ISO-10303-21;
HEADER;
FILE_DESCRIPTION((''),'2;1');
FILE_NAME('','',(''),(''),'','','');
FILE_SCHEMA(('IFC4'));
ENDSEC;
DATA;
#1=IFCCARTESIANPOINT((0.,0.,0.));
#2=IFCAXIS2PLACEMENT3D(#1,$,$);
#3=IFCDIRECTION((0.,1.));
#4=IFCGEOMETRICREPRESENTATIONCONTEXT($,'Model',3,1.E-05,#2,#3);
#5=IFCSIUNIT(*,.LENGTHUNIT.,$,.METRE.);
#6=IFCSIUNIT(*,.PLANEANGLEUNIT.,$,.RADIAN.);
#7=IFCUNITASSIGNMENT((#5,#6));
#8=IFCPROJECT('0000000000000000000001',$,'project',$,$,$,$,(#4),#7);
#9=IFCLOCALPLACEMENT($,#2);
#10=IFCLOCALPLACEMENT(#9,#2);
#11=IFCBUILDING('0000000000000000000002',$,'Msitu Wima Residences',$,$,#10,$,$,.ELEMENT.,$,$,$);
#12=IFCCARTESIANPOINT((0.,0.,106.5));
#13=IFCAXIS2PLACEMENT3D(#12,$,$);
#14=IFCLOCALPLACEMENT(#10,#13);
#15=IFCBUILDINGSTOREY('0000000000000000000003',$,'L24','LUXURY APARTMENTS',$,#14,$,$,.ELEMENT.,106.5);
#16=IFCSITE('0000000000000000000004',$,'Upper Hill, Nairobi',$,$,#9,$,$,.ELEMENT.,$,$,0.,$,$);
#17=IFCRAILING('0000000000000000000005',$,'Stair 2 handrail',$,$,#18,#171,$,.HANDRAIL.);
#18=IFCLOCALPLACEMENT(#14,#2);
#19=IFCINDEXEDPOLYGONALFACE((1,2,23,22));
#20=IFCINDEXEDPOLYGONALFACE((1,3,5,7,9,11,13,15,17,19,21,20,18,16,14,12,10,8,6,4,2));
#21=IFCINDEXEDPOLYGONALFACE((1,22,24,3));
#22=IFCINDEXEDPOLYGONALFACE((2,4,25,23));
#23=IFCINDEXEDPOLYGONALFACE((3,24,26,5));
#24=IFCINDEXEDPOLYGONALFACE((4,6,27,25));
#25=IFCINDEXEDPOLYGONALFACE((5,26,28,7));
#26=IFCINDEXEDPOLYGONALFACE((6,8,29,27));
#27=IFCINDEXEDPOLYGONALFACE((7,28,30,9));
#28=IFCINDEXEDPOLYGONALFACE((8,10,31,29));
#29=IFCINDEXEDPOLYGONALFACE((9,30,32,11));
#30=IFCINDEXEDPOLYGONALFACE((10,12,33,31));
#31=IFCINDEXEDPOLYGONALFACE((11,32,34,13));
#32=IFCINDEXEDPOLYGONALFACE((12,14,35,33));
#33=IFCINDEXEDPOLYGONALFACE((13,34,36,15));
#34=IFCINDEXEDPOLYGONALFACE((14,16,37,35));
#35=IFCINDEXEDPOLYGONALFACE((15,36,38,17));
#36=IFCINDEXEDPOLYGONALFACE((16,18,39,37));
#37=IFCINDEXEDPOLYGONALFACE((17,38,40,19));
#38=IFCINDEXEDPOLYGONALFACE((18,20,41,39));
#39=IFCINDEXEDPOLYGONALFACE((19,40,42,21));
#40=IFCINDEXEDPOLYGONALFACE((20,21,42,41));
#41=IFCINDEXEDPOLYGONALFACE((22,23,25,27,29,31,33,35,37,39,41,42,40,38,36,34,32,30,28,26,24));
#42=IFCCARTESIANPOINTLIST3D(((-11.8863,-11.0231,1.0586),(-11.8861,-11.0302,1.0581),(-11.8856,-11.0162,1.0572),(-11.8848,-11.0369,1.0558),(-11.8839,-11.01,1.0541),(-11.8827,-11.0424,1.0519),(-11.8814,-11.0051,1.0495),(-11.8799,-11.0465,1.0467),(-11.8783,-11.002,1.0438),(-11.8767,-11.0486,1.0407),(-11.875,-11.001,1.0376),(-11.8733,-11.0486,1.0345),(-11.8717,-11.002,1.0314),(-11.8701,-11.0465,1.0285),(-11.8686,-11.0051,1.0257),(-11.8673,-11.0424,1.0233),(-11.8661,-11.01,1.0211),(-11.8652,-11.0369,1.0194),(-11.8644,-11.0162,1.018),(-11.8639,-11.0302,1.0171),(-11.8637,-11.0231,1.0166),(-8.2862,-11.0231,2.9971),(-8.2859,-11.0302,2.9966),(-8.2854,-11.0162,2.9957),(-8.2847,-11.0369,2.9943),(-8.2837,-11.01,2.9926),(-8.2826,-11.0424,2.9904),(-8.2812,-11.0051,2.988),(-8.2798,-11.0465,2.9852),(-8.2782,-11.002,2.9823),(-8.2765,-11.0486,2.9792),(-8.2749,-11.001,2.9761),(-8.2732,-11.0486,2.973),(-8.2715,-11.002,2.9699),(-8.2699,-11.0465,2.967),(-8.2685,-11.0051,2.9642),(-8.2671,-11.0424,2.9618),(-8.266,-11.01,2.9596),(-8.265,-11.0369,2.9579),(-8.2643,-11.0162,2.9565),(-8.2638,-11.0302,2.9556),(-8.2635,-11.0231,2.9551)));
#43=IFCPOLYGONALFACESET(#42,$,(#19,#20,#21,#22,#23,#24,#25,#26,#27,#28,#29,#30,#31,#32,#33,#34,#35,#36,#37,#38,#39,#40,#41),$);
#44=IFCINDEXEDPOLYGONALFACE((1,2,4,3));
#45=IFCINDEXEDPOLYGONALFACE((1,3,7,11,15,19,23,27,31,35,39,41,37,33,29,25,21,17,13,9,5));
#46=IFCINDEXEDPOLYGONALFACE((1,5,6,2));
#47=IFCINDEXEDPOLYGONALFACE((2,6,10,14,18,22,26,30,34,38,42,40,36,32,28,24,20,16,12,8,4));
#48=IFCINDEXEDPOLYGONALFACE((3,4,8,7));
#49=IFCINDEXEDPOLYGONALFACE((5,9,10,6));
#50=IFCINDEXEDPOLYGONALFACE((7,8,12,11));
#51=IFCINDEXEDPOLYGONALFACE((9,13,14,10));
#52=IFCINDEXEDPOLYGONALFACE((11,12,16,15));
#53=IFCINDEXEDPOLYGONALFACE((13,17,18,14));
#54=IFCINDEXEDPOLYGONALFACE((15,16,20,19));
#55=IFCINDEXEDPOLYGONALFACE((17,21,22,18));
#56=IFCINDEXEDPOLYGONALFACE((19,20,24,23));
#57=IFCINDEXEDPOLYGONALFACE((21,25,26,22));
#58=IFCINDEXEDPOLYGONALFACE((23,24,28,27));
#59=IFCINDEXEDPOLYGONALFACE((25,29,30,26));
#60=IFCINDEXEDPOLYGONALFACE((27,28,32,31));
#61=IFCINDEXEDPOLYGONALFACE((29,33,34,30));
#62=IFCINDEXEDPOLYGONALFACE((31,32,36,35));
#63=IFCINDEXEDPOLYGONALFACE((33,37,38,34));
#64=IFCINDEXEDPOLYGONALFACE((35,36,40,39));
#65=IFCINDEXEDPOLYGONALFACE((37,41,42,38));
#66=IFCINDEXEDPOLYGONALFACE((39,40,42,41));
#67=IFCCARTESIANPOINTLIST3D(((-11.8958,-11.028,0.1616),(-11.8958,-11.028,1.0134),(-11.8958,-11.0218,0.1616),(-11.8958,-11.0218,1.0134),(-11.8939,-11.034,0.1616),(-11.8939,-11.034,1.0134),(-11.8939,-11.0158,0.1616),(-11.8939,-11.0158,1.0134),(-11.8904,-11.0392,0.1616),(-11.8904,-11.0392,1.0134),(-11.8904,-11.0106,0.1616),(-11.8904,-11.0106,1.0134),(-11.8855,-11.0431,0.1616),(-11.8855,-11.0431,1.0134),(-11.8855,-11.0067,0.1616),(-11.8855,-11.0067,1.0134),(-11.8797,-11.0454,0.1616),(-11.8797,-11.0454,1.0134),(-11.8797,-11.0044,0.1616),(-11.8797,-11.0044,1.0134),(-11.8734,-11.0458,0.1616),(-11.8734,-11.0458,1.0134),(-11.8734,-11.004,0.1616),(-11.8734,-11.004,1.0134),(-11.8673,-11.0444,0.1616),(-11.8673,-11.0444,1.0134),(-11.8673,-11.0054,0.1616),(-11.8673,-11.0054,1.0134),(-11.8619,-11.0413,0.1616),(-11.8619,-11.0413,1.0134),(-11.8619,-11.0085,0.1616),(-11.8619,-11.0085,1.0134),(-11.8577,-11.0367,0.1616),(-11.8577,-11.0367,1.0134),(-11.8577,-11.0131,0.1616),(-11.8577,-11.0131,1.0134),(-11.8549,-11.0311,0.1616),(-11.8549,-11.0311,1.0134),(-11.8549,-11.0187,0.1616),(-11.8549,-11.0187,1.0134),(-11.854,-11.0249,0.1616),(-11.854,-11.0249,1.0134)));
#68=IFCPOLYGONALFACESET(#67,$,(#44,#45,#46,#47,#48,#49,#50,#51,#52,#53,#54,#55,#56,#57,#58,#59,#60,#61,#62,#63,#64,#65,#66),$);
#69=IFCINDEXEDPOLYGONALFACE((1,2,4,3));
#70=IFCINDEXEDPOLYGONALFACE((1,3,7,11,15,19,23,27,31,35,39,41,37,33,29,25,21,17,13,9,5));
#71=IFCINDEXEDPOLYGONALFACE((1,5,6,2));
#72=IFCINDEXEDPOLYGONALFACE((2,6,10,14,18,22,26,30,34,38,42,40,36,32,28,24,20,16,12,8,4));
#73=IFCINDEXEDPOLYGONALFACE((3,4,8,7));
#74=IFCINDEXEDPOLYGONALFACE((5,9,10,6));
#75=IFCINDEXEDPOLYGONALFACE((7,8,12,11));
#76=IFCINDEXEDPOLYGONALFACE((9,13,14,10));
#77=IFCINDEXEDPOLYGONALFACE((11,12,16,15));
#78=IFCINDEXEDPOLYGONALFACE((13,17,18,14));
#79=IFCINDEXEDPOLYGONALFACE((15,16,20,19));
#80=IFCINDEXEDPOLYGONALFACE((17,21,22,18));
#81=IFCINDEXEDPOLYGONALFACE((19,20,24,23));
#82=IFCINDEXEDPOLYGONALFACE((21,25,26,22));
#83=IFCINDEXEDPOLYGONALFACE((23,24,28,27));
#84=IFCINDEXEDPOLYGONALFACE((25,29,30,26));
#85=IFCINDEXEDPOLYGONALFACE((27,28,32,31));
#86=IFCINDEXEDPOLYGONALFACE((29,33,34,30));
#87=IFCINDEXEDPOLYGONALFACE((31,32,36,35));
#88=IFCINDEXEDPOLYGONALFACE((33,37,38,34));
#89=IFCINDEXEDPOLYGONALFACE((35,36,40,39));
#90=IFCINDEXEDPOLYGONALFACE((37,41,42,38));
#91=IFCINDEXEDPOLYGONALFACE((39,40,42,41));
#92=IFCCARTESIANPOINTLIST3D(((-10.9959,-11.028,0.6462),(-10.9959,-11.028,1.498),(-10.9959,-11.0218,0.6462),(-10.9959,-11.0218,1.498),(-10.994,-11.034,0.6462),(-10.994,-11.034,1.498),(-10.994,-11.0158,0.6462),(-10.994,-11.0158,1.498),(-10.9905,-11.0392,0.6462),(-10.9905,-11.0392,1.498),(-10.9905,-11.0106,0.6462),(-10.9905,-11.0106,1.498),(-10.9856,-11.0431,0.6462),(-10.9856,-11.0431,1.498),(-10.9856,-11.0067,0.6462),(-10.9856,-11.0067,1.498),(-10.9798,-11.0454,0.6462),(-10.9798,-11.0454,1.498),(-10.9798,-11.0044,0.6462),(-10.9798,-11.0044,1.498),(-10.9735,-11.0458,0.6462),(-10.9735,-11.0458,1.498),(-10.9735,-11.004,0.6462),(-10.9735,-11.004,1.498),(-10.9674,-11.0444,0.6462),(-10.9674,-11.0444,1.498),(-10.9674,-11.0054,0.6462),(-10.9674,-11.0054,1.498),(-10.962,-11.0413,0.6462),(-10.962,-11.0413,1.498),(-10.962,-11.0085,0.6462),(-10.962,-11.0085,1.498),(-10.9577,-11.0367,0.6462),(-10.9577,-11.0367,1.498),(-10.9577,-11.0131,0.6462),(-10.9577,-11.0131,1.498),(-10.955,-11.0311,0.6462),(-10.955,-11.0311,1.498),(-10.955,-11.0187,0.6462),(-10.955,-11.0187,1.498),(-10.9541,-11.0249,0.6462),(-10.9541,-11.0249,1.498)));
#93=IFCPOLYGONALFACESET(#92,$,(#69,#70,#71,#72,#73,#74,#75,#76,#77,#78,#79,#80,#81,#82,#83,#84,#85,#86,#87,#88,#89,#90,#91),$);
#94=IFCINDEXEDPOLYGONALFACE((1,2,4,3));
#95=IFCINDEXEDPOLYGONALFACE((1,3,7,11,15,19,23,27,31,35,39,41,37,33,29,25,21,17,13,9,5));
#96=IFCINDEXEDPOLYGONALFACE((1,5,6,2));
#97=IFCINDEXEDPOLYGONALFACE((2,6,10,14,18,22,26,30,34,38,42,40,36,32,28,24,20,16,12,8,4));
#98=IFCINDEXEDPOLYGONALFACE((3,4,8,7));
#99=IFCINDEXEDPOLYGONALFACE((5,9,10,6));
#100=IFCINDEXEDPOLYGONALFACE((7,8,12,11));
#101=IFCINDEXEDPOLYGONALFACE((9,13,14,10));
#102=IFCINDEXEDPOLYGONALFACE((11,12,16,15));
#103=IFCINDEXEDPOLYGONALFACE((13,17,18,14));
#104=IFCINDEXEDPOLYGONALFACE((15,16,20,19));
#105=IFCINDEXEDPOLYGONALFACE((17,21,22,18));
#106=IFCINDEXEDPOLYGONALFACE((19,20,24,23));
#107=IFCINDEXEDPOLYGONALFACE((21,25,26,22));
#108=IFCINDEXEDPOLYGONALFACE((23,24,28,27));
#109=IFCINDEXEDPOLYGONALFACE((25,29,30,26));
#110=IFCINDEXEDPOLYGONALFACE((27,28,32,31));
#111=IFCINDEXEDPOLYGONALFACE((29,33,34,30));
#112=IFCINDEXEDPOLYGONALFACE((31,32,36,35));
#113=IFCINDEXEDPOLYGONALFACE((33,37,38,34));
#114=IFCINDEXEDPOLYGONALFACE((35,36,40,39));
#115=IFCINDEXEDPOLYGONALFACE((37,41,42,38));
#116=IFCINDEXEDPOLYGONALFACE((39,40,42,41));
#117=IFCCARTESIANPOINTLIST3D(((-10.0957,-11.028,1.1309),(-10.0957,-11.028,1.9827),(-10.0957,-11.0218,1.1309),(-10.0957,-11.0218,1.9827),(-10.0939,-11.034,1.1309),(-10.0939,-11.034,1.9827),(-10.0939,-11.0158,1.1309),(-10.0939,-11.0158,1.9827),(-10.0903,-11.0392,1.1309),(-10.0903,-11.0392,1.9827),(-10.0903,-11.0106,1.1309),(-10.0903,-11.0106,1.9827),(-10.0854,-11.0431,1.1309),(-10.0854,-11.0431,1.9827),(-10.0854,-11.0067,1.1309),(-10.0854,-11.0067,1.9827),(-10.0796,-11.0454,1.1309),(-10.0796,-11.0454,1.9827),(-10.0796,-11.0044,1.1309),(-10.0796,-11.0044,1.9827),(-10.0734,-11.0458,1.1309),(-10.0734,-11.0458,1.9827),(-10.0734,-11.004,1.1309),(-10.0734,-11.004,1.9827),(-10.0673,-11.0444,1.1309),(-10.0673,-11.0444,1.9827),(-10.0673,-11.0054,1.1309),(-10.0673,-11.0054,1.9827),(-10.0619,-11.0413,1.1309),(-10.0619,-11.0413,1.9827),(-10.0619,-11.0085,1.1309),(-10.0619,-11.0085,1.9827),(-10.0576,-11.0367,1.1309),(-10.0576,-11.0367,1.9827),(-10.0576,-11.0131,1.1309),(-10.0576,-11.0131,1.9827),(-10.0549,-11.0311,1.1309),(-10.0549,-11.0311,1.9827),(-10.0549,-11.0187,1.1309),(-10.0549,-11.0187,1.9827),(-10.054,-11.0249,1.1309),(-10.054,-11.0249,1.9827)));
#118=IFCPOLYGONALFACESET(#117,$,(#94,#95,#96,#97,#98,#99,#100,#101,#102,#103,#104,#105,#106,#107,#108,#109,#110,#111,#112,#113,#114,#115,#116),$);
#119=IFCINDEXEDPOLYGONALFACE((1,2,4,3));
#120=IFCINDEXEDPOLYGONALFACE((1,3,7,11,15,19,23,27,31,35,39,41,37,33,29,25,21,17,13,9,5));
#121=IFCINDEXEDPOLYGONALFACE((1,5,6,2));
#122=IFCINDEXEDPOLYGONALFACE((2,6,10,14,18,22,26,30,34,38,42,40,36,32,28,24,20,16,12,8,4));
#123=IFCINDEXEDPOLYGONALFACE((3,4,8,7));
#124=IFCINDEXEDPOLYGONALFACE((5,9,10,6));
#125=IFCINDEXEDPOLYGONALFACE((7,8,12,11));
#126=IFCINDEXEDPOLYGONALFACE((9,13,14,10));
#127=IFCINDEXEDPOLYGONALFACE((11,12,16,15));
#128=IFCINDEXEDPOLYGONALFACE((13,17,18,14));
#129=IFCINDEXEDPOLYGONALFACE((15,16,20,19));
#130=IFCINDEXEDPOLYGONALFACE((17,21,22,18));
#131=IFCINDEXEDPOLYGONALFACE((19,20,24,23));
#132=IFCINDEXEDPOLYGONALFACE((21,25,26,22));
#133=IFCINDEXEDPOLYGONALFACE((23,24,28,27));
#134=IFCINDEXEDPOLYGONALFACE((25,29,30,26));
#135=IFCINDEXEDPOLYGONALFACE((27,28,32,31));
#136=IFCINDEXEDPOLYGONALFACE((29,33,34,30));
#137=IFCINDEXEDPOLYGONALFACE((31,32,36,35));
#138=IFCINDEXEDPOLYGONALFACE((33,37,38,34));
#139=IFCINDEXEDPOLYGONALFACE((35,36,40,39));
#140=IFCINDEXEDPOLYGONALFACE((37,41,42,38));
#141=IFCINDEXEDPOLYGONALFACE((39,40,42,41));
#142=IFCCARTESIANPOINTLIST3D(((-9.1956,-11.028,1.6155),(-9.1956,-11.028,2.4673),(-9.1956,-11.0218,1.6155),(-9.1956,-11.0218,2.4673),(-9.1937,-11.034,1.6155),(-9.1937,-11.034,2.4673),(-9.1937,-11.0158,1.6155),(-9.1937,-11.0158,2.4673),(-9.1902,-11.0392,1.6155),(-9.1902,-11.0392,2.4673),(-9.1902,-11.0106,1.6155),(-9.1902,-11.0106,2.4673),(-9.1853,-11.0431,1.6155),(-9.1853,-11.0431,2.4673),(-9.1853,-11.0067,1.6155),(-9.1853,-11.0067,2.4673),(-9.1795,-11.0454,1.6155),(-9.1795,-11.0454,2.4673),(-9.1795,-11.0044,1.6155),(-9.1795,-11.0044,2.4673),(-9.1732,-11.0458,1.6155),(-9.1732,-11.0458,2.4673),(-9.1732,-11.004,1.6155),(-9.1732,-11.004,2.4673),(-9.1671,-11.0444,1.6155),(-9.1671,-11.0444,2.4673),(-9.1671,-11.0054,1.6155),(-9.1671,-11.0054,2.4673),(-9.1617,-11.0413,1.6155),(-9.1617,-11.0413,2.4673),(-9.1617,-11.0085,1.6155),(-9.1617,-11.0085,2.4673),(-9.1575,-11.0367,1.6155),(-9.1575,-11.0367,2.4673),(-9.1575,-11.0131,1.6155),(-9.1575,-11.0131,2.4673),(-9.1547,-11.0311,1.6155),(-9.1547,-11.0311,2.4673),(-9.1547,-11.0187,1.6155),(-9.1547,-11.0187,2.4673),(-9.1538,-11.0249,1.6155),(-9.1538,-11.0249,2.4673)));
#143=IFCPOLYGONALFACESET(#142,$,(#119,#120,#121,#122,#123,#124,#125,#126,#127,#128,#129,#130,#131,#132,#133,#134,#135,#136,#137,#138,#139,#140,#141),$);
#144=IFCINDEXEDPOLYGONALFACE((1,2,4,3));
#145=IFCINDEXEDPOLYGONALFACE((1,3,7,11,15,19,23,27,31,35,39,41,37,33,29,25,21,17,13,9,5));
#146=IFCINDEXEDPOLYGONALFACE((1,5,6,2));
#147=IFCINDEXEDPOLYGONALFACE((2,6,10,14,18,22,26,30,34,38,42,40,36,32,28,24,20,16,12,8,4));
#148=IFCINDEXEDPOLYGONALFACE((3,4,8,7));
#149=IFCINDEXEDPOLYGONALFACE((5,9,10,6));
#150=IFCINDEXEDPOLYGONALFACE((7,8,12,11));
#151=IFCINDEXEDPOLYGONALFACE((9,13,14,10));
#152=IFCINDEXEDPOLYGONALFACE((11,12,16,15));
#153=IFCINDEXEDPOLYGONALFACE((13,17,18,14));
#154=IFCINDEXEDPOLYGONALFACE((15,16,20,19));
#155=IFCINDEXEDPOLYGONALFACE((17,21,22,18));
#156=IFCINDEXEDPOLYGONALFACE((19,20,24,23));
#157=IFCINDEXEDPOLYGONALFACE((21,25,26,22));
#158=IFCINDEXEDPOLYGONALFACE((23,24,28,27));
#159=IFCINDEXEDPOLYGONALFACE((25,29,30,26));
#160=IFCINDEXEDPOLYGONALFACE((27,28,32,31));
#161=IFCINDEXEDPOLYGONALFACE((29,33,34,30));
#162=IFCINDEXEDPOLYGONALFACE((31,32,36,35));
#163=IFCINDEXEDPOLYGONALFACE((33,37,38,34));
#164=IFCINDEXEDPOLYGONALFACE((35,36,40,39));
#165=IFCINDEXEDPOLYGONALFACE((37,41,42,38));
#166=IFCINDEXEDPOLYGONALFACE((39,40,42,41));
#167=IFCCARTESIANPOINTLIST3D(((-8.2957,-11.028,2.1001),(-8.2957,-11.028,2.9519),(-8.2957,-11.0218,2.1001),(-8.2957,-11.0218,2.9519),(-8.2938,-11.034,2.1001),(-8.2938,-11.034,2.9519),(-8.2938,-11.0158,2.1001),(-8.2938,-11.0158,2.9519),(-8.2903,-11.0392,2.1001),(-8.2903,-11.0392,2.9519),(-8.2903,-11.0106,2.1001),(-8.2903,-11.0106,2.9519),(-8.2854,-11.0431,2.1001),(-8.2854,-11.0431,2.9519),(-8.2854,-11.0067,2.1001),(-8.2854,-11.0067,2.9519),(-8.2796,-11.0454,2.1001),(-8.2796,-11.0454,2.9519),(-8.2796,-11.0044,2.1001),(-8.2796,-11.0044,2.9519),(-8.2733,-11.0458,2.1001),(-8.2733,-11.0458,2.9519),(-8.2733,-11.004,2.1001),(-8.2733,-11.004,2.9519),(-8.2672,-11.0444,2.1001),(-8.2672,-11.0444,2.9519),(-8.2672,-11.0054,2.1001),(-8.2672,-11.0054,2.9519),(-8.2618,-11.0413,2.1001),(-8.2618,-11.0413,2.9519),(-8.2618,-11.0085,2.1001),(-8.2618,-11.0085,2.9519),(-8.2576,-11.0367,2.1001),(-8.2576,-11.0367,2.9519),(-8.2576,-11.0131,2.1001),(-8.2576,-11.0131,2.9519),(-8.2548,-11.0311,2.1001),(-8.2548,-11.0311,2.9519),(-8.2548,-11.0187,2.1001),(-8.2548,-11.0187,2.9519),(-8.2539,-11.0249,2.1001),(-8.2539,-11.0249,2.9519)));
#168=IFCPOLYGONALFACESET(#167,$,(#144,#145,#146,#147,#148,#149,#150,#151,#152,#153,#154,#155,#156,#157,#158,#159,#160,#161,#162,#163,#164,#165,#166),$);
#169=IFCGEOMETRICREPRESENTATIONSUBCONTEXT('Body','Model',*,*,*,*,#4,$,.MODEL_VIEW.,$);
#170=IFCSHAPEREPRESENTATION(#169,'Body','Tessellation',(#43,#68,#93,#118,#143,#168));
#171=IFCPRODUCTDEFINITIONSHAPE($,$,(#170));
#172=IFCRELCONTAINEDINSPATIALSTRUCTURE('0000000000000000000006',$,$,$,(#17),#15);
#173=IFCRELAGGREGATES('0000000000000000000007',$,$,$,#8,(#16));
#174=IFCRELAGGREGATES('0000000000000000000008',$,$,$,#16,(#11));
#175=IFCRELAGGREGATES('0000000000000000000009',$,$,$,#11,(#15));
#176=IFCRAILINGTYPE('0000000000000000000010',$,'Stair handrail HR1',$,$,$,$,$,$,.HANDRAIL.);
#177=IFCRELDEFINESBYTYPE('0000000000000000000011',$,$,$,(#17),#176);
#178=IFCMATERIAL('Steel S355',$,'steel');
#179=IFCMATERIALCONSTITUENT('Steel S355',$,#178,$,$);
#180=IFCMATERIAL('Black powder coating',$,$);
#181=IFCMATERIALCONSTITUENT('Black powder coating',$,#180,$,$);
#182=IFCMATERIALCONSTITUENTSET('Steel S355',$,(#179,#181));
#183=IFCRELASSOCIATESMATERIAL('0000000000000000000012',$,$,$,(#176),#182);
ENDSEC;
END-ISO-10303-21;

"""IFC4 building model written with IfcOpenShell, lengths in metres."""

from ifc_helpers import new_model, si_unit, direction, frame, origin, origin_2d, place, context, subcontext, project, spatial, circle, extrude, material, constituent, constituent_set, type_object, element, save


model = new_model("IFC4")

# Units and contexts
model_context = context("Model", 3, precision=1e-05, world=origin(), true_north=direction((0.0, 1.0)))
body_context = subcontext(model_context, "Body", "Model", "MODEL_VIEW")
ifc_project = project(units=[si_unit("LENGTHUNIT", "METRE"), si_unit("PLANEANGLEUNIT", "RADIAN")], contexts=[model_context])

# Site, building, storey
site_placement = place(None, origin())
site = spatial("IfcSite", under=ifc_project, at=site_placement, Name="Upper Hill, Nairobi", CompositionType="ELEMENT", RefElevation=0.0)
building_placement = place(site_placement, origin())
building = spatial("IfcBuilding", under=site, at=building_placement, Name="Msitu Wima Residences", CompositionType="ELEMENT")
storey_placement = place(building_placement, frame((0.0, 0.0, 106.5)))
storey = spatial("IfcBuildingStorey", under=building, at=storey_placement, Name="L24", Description="LUXURY APARTMENTS", CompositionType="ELEMENT", Elevation=106.5)

# Railing
ifc_material_1 = material(Name="Steel S355", Category="steel")
ifc_constituent_1 = constituent(ifc_material_1, Name="Steel S355")
ifc_material_2 = material(Name="Black powder coating")
ifc_constituent_2 = constituent(ifc_material_2, Name="Black powder coating")
ifc_constituent_set = constituent_set(constituents=[ifc_constituent_1, ifc_constituent_2], Name="Steel S355")
railing_type = type_object("IfcRailingType", Name="Stair handrail HR1", PredefinedType="HANDRAIL", material=ifc_constituent_set)
for number, where, name in (
    (1, (-11.875, -11.0249, 0.1616), "Stair 2 handrail"),
):
    element("IfcRailing", number, at=place(storey_placement, frame(where)), inside=storey, type_object=railing_type, Name=name, PredefinedType="HANDRAIL", context=body_context, shape_type="SweptSolid", body=[
        extrude(circle(Radius=0.0239, at=origin_2d()), frame((0.0, 0.0, 0.876), z_axis=(0.880475, 0.0, 0.474093), x_axis=(0.0, 1.0, 0.0)), (0.0, 0.0, 1.0), 4.0889),
        extrude(circle(Radius=0.021, at=origin_2d()), origin(), (0.0, 0.0, 1.0), 0.8518),
        extrude(circle(Radius=0.021, at=origin_2d()), frame((0.8999, 0.0, 0.4846)), (0.0, 0.0, 1.0), 0.8518),
        extrude(circle(Radius=0.021, at=origin_2d()), frame((1.8, 0.0, 0.9692)), (0.0, 0.0, 1.0), 0.8518),
        extrude(circle(Radius=0.021, at=origin_2d()), frame((2.7002, 0.0, 1.4539)), (0.0, 0.0, 1.0), 0.8518),
        extrude(circle(Radius=0.021, at=origin_2d()), frame((3.6001, 0.0, 1.9385)), (0.0, 0.0, 1.0), 0.8518),
    ])

save(model, "model.ifc")
